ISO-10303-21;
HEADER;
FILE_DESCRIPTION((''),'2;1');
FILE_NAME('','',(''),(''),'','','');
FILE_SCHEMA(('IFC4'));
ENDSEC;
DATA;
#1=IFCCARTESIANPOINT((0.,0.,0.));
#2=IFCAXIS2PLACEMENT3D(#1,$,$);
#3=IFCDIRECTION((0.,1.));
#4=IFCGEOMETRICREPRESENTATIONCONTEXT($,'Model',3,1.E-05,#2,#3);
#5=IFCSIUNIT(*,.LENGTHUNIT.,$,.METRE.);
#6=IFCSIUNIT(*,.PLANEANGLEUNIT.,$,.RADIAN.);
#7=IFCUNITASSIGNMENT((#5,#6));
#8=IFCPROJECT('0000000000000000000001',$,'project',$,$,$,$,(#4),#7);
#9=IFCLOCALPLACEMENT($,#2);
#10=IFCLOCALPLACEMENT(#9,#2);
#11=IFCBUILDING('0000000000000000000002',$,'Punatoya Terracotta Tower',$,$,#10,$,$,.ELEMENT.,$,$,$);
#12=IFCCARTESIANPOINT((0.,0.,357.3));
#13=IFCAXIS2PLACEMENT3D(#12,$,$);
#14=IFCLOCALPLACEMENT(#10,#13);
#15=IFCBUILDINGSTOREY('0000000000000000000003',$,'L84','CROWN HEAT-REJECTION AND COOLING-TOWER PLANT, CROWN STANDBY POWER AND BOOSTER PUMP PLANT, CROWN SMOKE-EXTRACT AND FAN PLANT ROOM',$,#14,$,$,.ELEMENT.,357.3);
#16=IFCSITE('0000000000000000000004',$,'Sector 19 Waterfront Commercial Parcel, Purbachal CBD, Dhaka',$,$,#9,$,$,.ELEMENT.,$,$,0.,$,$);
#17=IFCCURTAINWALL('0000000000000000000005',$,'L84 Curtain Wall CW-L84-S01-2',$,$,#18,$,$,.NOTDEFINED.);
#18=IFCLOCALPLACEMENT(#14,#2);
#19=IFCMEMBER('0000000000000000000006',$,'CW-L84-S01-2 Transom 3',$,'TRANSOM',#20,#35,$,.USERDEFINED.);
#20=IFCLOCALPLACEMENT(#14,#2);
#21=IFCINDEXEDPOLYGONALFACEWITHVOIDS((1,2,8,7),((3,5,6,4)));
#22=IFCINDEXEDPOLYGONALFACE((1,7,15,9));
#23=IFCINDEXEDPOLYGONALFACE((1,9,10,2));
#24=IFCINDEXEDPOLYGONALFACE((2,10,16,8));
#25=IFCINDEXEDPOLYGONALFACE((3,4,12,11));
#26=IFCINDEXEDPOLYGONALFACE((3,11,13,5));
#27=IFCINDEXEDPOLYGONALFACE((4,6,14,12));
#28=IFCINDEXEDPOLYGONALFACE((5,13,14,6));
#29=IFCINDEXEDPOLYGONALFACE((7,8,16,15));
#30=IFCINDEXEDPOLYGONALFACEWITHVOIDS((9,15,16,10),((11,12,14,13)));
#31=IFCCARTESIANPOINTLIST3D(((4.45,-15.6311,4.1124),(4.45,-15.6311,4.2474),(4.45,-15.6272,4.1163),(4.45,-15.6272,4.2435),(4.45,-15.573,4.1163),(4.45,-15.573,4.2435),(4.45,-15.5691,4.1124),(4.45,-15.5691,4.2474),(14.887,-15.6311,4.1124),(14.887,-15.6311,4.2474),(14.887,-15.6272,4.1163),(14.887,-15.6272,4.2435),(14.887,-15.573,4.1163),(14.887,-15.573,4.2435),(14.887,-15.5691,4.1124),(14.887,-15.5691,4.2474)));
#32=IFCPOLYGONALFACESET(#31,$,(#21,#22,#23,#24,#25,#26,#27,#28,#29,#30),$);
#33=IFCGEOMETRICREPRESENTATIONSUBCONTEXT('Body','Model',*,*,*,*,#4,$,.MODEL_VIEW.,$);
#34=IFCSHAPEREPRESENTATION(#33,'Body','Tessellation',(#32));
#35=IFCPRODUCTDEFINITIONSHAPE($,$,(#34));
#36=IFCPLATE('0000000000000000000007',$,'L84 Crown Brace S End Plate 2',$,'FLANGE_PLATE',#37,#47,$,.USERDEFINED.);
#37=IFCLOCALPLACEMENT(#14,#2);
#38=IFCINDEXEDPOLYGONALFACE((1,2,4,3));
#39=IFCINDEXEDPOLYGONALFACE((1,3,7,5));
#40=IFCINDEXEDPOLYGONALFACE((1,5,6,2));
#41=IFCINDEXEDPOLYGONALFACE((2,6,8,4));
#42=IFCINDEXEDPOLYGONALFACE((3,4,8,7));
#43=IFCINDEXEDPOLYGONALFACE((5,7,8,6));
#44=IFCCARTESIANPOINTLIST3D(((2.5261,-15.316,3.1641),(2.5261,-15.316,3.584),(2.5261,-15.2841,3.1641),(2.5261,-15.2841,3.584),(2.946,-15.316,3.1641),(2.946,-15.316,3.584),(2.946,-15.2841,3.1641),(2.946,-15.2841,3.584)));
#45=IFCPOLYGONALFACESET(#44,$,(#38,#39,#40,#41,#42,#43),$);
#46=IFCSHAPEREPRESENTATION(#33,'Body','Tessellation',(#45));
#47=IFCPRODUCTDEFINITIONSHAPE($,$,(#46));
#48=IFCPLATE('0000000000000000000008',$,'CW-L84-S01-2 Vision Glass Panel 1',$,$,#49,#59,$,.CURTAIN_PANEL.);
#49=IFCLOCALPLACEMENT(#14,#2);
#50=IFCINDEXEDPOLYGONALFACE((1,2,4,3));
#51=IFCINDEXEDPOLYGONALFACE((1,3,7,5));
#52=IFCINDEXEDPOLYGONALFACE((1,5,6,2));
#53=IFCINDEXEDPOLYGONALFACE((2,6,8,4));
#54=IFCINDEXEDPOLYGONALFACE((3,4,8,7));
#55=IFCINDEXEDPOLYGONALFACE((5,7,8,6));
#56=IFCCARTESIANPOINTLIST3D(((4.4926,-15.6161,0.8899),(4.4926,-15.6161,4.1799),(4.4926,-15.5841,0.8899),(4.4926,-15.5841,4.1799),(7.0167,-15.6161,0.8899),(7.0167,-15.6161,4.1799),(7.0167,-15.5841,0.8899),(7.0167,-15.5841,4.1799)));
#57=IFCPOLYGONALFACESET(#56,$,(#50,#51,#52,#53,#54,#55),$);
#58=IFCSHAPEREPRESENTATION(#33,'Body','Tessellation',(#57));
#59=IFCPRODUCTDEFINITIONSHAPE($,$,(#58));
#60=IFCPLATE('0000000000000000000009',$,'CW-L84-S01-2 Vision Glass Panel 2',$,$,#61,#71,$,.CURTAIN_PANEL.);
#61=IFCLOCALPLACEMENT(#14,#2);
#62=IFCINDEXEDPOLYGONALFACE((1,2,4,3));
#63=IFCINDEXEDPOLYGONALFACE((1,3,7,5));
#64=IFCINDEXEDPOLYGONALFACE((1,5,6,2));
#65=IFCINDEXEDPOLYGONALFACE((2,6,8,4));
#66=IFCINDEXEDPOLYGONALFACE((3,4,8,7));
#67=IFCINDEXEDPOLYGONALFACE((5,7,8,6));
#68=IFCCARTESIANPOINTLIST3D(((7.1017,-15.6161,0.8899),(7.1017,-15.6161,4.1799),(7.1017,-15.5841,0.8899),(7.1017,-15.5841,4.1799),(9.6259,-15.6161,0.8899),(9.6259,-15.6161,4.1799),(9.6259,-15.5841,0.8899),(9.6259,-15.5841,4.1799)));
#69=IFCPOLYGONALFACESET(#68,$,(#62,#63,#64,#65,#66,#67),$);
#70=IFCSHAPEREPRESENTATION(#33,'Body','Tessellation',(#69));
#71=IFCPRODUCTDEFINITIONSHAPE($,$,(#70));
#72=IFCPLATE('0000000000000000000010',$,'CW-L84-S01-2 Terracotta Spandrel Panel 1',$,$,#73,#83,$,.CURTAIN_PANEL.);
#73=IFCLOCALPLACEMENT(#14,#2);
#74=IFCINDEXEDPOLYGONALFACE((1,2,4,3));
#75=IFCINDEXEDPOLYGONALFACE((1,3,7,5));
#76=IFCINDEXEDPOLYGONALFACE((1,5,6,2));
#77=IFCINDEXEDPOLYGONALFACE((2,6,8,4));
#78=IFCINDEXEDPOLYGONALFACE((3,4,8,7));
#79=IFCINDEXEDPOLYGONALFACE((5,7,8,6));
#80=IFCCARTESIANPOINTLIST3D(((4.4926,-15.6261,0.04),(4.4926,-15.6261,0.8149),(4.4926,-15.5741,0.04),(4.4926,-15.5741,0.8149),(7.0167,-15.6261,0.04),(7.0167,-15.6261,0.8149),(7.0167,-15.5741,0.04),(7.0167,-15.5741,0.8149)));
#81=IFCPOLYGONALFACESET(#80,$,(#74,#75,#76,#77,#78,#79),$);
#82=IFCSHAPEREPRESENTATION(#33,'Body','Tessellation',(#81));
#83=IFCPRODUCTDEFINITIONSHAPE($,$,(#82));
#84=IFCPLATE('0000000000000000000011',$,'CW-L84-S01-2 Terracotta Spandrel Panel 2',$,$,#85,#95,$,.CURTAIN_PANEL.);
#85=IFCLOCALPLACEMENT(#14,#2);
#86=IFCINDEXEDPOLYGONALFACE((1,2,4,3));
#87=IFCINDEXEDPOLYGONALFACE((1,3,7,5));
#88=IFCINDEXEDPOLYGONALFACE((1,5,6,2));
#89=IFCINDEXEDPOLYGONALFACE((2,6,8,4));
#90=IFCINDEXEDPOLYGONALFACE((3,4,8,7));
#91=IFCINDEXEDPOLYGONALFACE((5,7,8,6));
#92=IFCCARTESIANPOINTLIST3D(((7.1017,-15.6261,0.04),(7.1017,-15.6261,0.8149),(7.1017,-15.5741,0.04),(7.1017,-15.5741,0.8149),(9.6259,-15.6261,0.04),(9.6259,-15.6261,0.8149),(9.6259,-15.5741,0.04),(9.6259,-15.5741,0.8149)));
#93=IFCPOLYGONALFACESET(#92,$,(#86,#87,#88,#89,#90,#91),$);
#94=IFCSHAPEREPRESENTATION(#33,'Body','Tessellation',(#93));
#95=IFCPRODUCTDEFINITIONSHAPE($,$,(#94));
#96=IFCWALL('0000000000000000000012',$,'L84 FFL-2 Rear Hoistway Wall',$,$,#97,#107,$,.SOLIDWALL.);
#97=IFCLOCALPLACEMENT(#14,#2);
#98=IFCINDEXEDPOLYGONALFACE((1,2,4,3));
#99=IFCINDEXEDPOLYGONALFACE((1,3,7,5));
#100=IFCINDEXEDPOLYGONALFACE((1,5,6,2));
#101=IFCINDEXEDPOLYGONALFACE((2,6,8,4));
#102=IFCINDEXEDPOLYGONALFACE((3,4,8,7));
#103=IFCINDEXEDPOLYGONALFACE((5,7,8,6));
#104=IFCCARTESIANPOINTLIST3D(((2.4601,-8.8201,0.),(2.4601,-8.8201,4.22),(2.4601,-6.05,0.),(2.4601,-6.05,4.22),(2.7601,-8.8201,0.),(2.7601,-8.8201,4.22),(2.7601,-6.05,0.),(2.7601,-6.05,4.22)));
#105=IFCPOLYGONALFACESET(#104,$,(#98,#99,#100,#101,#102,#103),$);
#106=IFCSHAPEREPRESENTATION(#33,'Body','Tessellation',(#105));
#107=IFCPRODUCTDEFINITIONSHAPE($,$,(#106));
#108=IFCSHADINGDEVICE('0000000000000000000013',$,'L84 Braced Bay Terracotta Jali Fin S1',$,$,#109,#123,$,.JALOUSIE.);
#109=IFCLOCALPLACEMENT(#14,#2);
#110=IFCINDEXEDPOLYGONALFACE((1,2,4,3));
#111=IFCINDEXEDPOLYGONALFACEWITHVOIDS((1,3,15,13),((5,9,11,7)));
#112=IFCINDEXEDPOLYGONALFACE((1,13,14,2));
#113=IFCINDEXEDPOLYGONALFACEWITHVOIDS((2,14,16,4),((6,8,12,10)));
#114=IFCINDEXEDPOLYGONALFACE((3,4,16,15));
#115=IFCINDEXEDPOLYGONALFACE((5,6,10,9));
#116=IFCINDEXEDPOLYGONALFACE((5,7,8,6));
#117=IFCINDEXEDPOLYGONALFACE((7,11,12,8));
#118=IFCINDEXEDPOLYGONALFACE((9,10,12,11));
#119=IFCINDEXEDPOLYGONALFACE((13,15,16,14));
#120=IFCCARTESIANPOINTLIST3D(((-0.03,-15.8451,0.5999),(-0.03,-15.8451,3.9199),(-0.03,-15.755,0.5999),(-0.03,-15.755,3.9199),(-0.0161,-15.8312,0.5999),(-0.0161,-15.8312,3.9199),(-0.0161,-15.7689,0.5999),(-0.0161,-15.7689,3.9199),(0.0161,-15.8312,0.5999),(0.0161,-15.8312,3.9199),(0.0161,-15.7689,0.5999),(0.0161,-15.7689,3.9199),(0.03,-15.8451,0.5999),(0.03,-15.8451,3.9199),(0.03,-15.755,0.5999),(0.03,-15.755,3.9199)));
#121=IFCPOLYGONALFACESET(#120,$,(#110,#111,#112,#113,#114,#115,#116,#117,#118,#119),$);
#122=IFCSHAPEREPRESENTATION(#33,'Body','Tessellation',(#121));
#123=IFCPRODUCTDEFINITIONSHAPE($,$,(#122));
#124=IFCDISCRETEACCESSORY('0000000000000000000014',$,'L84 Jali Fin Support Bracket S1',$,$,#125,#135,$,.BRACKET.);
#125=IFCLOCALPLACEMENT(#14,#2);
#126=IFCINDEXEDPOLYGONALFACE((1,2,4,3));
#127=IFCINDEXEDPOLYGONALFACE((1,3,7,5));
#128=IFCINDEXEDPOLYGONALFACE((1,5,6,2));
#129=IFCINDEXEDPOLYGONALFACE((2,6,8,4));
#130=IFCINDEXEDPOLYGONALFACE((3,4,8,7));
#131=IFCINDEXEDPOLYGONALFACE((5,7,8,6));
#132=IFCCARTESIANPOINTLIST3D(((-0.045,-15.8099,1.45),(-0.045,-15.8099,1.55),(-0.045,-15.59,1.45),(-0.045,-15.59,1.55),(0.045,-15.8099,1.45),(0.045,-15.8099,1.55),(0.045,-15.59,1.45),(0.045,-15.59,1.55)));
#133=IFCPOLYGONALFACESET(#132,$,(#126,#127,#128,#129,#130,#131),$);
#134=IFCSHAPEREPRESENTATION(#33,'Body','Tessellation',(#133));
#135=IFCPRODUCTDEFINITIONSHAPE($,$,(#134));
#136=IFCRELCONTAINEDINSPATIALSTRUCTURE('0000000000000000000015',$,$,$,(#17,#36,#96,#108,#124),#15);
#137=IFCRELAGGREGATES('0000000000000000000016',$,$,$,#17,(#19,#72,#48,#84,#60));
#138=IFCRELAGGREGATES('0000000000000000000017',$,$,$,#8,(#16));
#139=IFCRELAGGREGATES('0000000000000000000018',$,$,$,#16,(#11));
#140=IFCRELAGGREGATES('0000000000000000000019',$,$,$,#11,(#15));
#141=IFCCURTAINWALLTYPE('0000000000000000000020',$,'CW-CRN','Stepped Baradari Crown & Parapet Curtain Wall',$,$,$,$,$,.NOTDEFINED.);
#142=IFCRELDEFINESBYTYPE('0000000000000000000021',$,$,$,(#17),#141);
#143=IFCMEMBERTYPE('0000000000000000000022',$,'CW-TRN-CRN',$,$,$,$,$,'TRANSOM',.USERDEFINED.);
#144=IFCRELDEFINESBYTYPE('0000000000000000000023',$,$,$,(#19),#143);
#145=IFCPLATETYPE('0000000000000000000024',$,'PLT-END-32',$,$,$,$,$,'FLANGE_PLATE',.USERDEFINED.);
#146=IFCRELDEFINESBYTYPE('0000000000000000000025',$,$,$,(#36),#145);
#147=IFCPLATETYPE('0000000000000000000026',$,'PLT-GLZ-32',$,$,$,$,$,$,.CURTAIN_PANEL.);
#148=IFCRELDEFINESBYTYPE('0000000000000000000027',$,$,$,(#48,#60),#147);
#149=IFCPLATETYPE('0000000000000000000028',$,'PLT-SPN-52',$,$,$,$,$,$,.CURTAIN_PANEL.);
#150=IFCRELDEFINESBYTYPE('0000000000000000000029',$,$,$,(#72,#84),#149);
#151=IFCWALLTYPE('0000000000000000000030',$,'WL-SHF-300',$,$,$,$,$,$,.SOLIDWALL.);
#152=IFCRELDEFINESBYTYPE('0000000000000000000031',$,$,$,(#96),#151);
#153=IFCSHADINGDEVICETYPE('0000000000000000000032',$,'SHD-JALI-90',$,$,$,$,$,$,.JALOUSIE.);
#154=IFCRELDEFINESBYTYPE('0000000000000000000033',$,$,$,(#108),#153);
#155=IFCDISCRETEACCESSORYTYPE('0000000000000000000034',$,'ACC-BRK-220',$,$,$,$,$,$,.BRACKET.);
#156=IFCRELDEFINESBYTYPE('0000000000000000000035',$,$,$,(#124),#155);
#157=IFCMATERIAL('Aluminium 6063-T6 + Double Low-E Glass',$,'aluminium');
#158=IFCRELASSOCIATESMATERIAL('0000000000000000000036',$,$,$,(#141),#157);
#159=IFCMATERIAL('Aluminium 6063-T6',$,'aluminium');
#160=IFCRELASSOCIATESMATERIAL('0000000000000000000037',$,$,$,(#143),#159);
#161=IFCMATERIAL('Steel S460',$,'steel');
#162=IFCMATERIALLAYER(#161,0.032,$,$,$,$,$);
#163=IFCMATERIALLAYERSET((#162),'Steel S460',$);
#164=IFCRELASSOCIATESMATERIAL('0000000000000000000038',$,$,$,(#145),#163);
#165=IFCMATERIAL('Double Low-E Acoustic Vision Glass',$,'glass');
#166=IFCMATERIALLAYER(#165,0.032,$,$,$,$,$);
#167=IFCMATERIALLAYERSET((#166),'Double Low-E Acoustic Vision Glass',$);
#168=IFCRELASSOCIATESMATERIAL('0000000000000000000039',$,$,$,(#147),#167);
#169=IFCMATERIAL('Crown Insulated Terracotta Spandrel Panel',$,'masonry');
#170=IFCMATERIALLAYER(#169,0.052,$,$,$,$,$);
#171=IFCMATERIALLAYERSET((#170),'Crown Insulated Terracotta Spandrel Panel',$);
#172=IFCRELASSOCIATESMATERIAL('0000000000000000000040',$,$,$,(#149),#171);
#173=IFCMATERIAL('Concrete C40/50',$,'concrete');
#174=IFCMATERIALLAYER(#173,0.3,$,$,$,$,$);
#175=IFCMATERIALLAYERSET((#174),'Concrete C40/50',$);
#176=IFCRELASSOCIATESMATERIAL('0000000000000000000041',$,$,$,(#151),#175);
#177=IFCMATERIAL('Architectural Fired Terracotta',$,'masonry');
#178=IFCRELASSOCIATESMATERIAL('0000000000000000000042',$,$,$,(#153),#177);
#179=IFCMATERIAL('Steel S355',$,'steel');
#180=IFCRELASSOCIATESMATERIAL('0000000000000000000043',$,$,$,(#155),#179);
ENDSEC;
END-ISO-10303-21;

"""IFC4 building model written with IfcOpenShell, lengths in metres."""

from ifc_helpers import new_model, si_unit, direction, frame, frame_2d, origin, origin_2d, place, context, subcontext, project, spatial, rectangle, hollow_rectangle, extrude, material, layer, layer_set, material_profile, profile_set, type_object, element, aggregate, save


model = new_model("IFC4")

# Units and contexts
model_context = context("Model", 3, precision=1e-05, world=origin(), true_north=direction((0.0, 1.0)))
body_context = subcontext(model_context, "Body", "Model", "MODEL_VIEW")
ifc_project = project(units=[si_unit("LENGTHUNIT", "METRE"), si_unit("PLANEANGLEUNIT", "RADIAN")], contexts=[model_context])

# Site, building, storey
site_placement = place(None, origin())
site = spatial("IfcSite", under=ifc_project, at=site_placement, Name="Sector 19 Waterfront Commercial Parcel, Purbachal CBD, Dhaka", CompositionType="ELEMENT", RefElevation=0.0)
building_placement = place(site_placement, origin())
building = spatial("IfcBuilding", under=site, at=building_placement, Name="Punatoya Terracotta Tower", CompositionType="ELEMENT")
storey_placement = place(building_placement, frame((0.0, 0.0, 357.3)))
storey = spatial("IfcBuildingStorey", under=building, at=storey_placement, Name="L84", Description="CROWN HEAT-REJECTION AND COOLING-TOWER PLANT, CROWN STANDBY POWER AND BOOSTER PUMP PLANT, CROWN SMOKE-EXTRACT AND FAN PLANT ROOM", CompositionType="ELEMENT", Elevation=357.3)

# Shared definitions
ifc_material_1 = material(Name="Steel S355", Category="steel")

# Shared definitions
ifc_material_2 = material(Name="Steel S460", Category="steel")

# Curtain wall, member
ifc_material_3 = material(Name="Aluminium 6063-T6 + Double Low-E Glass", Category="aluminium")
curtain_wall_type = type_object("IfcCurtainWallType", Name="CW-CRN", Description="Stepped Baradari Crown & Parapet Curtain Wall", PredefinedType="NOTDEFINED", material=ifc_material_3)
curtain_wall_placement = place(storey_placement, origin())
curtain_wall = element("IfcCurtainWall", 1, at=curtain_wall_placement, inside=storey, type_object=curtain_wall_type, Name="L84 Curtain Wall CW-L84-S01-2", PredefinedType="NOTDEFINED")
ifc_material_4 = material(Name="Aluminium 6063-T6", Category="aluminium")
ifc_material_profile_1 = material_profile(ifc_material_4, hollow_rectangle(XDim=0.062, YDim=0.135, WallThickness=0.0039, at=origin_2d()))
ifc_profile_set_1 = profile_set([ifc_material_profile_1], Name="Aluminium 6063-T6")
member_type_1 = type_object("IfcMemberType", Name="CW-TRN-CRN", ElementType="TRANSOM", PredefinedType="USERDEFINED", material=ifc_profile_set_1)
member_1_placement = place(storey_placement, frame((4.45, -15.6001, 4.1799), z_axis=(1.0, 0.0, 0.0), x_axis=(0.0, 1.0, 0.0)))
member_1 = element("IfcMember", 2, at=member_1_placement, type_object=member_type_1, Name="CW-L84-S01-2 Transom 3", ObjectType="TRANSOM", PredefinedType="USERDEFINED", context=body_context, shape_type="SweptSolid", body=[
    extrude(hollow_rectangle(XDim=0.062, YDim=0.135, WallThickness=0.0039, at=origin_2d()), origin(), (0.0, 0.0, 1.0), 10.437),
])

# Plates
ifc_layer_1 = layer(ifc_material_2, 0.032)
ifc_layer_set_1 = layer_set([ifc_layer_1], Name="Steel S460")
plate_type_1 = type_object("IfcPlateType", Name="PLT-END-32", ElementType="FLANGE_PLATE", PredefinedType="USERDEFINED", material=ifc_layer_set_1)
plate_1_placement = place(storey_placement, frame((2.7361, -15.3, 3.1641), z_axis=(0.0, 0.0, 1.0), x_axis=(1.0, 0.0, 0.0)))
element("IfcPlate", 3, at=plate_1_placement, inside=storey, type_object=plate_type_1, Name="L84 Crown Brace S End Plate 2", ObjectType="FLANGE_PLATE", PredefinedType="USERDEFINED", context=body_context, shape_type="SweptSolid", body=[
    extrude(rectangle(XDim=0.4199, YDim=0.032, at=origin_2d()), origin(), (0.0, 0.0, 1.0), 0.4199),
])
ifc_material_5 = material(Name="Double Low-E Acoustic Vision Glass", Category="glass")
ifc_layer_2 = layer(ifc_material_5, 0.032)
ifc_layer_set_2 = layer_set([ifc_layer_2], Name="Double Low-E Acoustic Vision Glass")
plate_type_2 = type_object("IfcPlateType", Name="PLT-GLZ-32", PredefinedType="CURTAIN_PANEL", material=ifc_layer_set_2)
plate_2_placement = place(storey_placement, frame((5.7546, -15.6001, 0.8899), z_axis=(0.0, 0.0, 1.0), x_axis=(1.0, 0.0, 0.0)))
plate_2 = element("IfcPlate", 4, at=plate_2_placement, type_object=plate_type_2, Name="CW-L84-S01-2 Vision Glass Panel 1", PredefinedType="CURTAIN_PANEL", context=body_context, shape_type="SweptSolid", body=[
    extrude(rectangle(XDim=2.5242, YDim=0.032, at=origin_2d()), origin(), (0.0, 0.0, 1.0), 3.29),
])
plate_3_placement = place(storey_placement, frame((8.3638, -15.6001, 0.8899), z_axis=(0.0, 0.0, 1.0), x_axis=(1.0, 0.0, 0.0)))
plate_3 = element("IfcPlate", 5, at=plate_3_placement, type_object=plate_type_2, Name="CW-L84-S01-2 Vision Glass Panel 2", PredefinedType="CURTAIN_PANEL", context=body_context, shape_type="SweptSolid", body=[
    extrude(rectangle(XDim=2.5242, YDim=0.032, at=origin_2d()), origin(), (0.0, 0.0, 1.0), 3.29),
])
ifc_material_6 = material(Name="Crown Insulated Terracotta Spandrel Panel", Category="masonry")
ifc_layer_3 = layer(ifc_material_6, 0.052)
ifc_layer_set_3 = layer_set([ifc_layer_3], Name="Crown Insulated Terracotta Spandrel Panel")
plate_type_3 = type_object("IfcPlateType", Name="PLT-SPN-52", PredefinedType="CURTAIN_PANEL", material=ifc_layer_set_3)
plate_4_placement = place(storey_placement, frame((5.7546, -15.6001, 0.04), z_axis=(0.0, 0.0, 1.0), x_axis=(1.0, 0.0, 0.0)))
plate_4 = element("IfcPlate", 6, at=plate_4_placement, type_object=plate_type_3, Name="CW-L84-S01-2 Terracotta Spandrel Panel 1", PredefinedType="CURTAIN_PANEL", context=body_context, shape_type="SweptSolid", body=[
    extrude(rectangle(XDim=2.5242, YDim=0.052, at=origin_2d()), origin(), (0.0, 0.0, 1.0), 0.7749),
])
plate_5_placement = place(storey_placement, frame((8.3638, -15.6001, 0.04), z_axis=(0.0, 0.0, 1.0), x_axis=(1.0, 0.0, 0.0)))
plate_5 = element("IfcPlate", 7, at=plate_5_placement, type_object=plate_type_3, Name="CW-L84-S01-2 Terracotta Spandrel Panel 2", PredefinedType="CURTAIN_PANEL", context=body_context, shape_type="SweptSolid", body=[
    extrude(rectangle(XDim=2.5242, YDim=0.052, at=origin_2d()), origin(), (0.0, 0.0, 1.0), 0.7749),
])
aggregate(curtain_wall, [member_1, plate_4, plate_2, plate_5, plate_3])

# Wall
ifc_material_7 = material(Name="Concrete C40/50", Category="concrete")
ifc_layer_4 = layer(ifc_material_7, 0.3)
ifc_layer_set_4 = layer_set([ifc_layer_4], Name="Concrete C40/50")
wall_type = type_object("IfcWallType", Name="WL-SHF-300", PredefinedType="SOLIDWALL", material=ifc_layer_set_4)
wall_placement = place(storey_placement, frame((2.6101, -8.8201, 0.0), z_axis=(0.0, 0.0, 1.0), x_axis=(0.0, 1.0, 0.0)))
element("IfcWall", 8, at=wall_placement, inside=storey, type_object=wall_type, Name="L84 FFL-2 Rear Hoistway Wall", PredefinedType="SOLIDWALL", context=body_context, shape_type="SweptSolid", body=[
    extrude(rectangle(XDim=2.77, YDim=0.3, at=frame_2d((1.385, 0.0))), origin(), (0.0, 0.0, 1.0), 4.22),
])

# Shading device
ifc_material_8 = material(Name="Architectural Fired Terracotta", Category="masonry")
ifc_material_profile_2 = material_profile(ifc_material_8, hollow_rectangle(XDim=0.0601, YDim=0.0901, WallThickness=0.0139, at=origin_2d()))
ifc_profile_set_2 = profile_set([ifc_material_profile_2], Name="Architectural Fired Terracotta")
shading_device_type = type_object("IfcShadingDeviceType", Name="SHD-JALI-90", PredefinedType="JALOUSIE", material=ifc_profile_set_2)
shading_device_placement = place(storey_placement, frame((0.0, -15.8, 0.5999), z_axis=(0.0, 0.0, 1.0), x_axis=(1.0, 0.0, 0.0)))
element("IfcShadingDevice", 9, at=shading_device_placement, inside=storey, type_object=shading_device_type, Name="L84 Braced Bay Terracotta Jali Fin S1", PredefinedType="JALOUSIE", context=body_context, shape_type="SweptSolid", body=[
    extrude(hollow_rectangle(XDim=0.0601, YDim=0.0901, WallThickness=0.0139, at=origin_2d()), origin(), (0.0, 0.0, 1.0), 3.3201),
])

# Discrete accessory
discrete_accessory_type = type_object("IfcDiscreteAccessoryType", Name="ACC-BRK-220", PredefinedType="BRACKET", material=ifc_material_1)
discrete_accessory_placement = place(storey_placement, frame((0.0, -15.7, 1.45), z_axis=(0.0, 0.0, 1.0), x_axis=(1.0, 0.0, 0.0)))
element("IfcDiscreteAccessory", 10, at=discrete_accessory_placement, inside=storey, type_object=discrete_accessory_type, Name="L84 Jali Fin Support Bracket S1", PredefinedType="BRACKET", context=body_context, shape_type="SweptSolid", body=[
    extrude(rectangle(XDim=0.0901, YDim=0.22, at=origin_2d()), origin(), (0.0, 0.0, 1.0), 0.1001),
])

save(model, "model.ifc")
